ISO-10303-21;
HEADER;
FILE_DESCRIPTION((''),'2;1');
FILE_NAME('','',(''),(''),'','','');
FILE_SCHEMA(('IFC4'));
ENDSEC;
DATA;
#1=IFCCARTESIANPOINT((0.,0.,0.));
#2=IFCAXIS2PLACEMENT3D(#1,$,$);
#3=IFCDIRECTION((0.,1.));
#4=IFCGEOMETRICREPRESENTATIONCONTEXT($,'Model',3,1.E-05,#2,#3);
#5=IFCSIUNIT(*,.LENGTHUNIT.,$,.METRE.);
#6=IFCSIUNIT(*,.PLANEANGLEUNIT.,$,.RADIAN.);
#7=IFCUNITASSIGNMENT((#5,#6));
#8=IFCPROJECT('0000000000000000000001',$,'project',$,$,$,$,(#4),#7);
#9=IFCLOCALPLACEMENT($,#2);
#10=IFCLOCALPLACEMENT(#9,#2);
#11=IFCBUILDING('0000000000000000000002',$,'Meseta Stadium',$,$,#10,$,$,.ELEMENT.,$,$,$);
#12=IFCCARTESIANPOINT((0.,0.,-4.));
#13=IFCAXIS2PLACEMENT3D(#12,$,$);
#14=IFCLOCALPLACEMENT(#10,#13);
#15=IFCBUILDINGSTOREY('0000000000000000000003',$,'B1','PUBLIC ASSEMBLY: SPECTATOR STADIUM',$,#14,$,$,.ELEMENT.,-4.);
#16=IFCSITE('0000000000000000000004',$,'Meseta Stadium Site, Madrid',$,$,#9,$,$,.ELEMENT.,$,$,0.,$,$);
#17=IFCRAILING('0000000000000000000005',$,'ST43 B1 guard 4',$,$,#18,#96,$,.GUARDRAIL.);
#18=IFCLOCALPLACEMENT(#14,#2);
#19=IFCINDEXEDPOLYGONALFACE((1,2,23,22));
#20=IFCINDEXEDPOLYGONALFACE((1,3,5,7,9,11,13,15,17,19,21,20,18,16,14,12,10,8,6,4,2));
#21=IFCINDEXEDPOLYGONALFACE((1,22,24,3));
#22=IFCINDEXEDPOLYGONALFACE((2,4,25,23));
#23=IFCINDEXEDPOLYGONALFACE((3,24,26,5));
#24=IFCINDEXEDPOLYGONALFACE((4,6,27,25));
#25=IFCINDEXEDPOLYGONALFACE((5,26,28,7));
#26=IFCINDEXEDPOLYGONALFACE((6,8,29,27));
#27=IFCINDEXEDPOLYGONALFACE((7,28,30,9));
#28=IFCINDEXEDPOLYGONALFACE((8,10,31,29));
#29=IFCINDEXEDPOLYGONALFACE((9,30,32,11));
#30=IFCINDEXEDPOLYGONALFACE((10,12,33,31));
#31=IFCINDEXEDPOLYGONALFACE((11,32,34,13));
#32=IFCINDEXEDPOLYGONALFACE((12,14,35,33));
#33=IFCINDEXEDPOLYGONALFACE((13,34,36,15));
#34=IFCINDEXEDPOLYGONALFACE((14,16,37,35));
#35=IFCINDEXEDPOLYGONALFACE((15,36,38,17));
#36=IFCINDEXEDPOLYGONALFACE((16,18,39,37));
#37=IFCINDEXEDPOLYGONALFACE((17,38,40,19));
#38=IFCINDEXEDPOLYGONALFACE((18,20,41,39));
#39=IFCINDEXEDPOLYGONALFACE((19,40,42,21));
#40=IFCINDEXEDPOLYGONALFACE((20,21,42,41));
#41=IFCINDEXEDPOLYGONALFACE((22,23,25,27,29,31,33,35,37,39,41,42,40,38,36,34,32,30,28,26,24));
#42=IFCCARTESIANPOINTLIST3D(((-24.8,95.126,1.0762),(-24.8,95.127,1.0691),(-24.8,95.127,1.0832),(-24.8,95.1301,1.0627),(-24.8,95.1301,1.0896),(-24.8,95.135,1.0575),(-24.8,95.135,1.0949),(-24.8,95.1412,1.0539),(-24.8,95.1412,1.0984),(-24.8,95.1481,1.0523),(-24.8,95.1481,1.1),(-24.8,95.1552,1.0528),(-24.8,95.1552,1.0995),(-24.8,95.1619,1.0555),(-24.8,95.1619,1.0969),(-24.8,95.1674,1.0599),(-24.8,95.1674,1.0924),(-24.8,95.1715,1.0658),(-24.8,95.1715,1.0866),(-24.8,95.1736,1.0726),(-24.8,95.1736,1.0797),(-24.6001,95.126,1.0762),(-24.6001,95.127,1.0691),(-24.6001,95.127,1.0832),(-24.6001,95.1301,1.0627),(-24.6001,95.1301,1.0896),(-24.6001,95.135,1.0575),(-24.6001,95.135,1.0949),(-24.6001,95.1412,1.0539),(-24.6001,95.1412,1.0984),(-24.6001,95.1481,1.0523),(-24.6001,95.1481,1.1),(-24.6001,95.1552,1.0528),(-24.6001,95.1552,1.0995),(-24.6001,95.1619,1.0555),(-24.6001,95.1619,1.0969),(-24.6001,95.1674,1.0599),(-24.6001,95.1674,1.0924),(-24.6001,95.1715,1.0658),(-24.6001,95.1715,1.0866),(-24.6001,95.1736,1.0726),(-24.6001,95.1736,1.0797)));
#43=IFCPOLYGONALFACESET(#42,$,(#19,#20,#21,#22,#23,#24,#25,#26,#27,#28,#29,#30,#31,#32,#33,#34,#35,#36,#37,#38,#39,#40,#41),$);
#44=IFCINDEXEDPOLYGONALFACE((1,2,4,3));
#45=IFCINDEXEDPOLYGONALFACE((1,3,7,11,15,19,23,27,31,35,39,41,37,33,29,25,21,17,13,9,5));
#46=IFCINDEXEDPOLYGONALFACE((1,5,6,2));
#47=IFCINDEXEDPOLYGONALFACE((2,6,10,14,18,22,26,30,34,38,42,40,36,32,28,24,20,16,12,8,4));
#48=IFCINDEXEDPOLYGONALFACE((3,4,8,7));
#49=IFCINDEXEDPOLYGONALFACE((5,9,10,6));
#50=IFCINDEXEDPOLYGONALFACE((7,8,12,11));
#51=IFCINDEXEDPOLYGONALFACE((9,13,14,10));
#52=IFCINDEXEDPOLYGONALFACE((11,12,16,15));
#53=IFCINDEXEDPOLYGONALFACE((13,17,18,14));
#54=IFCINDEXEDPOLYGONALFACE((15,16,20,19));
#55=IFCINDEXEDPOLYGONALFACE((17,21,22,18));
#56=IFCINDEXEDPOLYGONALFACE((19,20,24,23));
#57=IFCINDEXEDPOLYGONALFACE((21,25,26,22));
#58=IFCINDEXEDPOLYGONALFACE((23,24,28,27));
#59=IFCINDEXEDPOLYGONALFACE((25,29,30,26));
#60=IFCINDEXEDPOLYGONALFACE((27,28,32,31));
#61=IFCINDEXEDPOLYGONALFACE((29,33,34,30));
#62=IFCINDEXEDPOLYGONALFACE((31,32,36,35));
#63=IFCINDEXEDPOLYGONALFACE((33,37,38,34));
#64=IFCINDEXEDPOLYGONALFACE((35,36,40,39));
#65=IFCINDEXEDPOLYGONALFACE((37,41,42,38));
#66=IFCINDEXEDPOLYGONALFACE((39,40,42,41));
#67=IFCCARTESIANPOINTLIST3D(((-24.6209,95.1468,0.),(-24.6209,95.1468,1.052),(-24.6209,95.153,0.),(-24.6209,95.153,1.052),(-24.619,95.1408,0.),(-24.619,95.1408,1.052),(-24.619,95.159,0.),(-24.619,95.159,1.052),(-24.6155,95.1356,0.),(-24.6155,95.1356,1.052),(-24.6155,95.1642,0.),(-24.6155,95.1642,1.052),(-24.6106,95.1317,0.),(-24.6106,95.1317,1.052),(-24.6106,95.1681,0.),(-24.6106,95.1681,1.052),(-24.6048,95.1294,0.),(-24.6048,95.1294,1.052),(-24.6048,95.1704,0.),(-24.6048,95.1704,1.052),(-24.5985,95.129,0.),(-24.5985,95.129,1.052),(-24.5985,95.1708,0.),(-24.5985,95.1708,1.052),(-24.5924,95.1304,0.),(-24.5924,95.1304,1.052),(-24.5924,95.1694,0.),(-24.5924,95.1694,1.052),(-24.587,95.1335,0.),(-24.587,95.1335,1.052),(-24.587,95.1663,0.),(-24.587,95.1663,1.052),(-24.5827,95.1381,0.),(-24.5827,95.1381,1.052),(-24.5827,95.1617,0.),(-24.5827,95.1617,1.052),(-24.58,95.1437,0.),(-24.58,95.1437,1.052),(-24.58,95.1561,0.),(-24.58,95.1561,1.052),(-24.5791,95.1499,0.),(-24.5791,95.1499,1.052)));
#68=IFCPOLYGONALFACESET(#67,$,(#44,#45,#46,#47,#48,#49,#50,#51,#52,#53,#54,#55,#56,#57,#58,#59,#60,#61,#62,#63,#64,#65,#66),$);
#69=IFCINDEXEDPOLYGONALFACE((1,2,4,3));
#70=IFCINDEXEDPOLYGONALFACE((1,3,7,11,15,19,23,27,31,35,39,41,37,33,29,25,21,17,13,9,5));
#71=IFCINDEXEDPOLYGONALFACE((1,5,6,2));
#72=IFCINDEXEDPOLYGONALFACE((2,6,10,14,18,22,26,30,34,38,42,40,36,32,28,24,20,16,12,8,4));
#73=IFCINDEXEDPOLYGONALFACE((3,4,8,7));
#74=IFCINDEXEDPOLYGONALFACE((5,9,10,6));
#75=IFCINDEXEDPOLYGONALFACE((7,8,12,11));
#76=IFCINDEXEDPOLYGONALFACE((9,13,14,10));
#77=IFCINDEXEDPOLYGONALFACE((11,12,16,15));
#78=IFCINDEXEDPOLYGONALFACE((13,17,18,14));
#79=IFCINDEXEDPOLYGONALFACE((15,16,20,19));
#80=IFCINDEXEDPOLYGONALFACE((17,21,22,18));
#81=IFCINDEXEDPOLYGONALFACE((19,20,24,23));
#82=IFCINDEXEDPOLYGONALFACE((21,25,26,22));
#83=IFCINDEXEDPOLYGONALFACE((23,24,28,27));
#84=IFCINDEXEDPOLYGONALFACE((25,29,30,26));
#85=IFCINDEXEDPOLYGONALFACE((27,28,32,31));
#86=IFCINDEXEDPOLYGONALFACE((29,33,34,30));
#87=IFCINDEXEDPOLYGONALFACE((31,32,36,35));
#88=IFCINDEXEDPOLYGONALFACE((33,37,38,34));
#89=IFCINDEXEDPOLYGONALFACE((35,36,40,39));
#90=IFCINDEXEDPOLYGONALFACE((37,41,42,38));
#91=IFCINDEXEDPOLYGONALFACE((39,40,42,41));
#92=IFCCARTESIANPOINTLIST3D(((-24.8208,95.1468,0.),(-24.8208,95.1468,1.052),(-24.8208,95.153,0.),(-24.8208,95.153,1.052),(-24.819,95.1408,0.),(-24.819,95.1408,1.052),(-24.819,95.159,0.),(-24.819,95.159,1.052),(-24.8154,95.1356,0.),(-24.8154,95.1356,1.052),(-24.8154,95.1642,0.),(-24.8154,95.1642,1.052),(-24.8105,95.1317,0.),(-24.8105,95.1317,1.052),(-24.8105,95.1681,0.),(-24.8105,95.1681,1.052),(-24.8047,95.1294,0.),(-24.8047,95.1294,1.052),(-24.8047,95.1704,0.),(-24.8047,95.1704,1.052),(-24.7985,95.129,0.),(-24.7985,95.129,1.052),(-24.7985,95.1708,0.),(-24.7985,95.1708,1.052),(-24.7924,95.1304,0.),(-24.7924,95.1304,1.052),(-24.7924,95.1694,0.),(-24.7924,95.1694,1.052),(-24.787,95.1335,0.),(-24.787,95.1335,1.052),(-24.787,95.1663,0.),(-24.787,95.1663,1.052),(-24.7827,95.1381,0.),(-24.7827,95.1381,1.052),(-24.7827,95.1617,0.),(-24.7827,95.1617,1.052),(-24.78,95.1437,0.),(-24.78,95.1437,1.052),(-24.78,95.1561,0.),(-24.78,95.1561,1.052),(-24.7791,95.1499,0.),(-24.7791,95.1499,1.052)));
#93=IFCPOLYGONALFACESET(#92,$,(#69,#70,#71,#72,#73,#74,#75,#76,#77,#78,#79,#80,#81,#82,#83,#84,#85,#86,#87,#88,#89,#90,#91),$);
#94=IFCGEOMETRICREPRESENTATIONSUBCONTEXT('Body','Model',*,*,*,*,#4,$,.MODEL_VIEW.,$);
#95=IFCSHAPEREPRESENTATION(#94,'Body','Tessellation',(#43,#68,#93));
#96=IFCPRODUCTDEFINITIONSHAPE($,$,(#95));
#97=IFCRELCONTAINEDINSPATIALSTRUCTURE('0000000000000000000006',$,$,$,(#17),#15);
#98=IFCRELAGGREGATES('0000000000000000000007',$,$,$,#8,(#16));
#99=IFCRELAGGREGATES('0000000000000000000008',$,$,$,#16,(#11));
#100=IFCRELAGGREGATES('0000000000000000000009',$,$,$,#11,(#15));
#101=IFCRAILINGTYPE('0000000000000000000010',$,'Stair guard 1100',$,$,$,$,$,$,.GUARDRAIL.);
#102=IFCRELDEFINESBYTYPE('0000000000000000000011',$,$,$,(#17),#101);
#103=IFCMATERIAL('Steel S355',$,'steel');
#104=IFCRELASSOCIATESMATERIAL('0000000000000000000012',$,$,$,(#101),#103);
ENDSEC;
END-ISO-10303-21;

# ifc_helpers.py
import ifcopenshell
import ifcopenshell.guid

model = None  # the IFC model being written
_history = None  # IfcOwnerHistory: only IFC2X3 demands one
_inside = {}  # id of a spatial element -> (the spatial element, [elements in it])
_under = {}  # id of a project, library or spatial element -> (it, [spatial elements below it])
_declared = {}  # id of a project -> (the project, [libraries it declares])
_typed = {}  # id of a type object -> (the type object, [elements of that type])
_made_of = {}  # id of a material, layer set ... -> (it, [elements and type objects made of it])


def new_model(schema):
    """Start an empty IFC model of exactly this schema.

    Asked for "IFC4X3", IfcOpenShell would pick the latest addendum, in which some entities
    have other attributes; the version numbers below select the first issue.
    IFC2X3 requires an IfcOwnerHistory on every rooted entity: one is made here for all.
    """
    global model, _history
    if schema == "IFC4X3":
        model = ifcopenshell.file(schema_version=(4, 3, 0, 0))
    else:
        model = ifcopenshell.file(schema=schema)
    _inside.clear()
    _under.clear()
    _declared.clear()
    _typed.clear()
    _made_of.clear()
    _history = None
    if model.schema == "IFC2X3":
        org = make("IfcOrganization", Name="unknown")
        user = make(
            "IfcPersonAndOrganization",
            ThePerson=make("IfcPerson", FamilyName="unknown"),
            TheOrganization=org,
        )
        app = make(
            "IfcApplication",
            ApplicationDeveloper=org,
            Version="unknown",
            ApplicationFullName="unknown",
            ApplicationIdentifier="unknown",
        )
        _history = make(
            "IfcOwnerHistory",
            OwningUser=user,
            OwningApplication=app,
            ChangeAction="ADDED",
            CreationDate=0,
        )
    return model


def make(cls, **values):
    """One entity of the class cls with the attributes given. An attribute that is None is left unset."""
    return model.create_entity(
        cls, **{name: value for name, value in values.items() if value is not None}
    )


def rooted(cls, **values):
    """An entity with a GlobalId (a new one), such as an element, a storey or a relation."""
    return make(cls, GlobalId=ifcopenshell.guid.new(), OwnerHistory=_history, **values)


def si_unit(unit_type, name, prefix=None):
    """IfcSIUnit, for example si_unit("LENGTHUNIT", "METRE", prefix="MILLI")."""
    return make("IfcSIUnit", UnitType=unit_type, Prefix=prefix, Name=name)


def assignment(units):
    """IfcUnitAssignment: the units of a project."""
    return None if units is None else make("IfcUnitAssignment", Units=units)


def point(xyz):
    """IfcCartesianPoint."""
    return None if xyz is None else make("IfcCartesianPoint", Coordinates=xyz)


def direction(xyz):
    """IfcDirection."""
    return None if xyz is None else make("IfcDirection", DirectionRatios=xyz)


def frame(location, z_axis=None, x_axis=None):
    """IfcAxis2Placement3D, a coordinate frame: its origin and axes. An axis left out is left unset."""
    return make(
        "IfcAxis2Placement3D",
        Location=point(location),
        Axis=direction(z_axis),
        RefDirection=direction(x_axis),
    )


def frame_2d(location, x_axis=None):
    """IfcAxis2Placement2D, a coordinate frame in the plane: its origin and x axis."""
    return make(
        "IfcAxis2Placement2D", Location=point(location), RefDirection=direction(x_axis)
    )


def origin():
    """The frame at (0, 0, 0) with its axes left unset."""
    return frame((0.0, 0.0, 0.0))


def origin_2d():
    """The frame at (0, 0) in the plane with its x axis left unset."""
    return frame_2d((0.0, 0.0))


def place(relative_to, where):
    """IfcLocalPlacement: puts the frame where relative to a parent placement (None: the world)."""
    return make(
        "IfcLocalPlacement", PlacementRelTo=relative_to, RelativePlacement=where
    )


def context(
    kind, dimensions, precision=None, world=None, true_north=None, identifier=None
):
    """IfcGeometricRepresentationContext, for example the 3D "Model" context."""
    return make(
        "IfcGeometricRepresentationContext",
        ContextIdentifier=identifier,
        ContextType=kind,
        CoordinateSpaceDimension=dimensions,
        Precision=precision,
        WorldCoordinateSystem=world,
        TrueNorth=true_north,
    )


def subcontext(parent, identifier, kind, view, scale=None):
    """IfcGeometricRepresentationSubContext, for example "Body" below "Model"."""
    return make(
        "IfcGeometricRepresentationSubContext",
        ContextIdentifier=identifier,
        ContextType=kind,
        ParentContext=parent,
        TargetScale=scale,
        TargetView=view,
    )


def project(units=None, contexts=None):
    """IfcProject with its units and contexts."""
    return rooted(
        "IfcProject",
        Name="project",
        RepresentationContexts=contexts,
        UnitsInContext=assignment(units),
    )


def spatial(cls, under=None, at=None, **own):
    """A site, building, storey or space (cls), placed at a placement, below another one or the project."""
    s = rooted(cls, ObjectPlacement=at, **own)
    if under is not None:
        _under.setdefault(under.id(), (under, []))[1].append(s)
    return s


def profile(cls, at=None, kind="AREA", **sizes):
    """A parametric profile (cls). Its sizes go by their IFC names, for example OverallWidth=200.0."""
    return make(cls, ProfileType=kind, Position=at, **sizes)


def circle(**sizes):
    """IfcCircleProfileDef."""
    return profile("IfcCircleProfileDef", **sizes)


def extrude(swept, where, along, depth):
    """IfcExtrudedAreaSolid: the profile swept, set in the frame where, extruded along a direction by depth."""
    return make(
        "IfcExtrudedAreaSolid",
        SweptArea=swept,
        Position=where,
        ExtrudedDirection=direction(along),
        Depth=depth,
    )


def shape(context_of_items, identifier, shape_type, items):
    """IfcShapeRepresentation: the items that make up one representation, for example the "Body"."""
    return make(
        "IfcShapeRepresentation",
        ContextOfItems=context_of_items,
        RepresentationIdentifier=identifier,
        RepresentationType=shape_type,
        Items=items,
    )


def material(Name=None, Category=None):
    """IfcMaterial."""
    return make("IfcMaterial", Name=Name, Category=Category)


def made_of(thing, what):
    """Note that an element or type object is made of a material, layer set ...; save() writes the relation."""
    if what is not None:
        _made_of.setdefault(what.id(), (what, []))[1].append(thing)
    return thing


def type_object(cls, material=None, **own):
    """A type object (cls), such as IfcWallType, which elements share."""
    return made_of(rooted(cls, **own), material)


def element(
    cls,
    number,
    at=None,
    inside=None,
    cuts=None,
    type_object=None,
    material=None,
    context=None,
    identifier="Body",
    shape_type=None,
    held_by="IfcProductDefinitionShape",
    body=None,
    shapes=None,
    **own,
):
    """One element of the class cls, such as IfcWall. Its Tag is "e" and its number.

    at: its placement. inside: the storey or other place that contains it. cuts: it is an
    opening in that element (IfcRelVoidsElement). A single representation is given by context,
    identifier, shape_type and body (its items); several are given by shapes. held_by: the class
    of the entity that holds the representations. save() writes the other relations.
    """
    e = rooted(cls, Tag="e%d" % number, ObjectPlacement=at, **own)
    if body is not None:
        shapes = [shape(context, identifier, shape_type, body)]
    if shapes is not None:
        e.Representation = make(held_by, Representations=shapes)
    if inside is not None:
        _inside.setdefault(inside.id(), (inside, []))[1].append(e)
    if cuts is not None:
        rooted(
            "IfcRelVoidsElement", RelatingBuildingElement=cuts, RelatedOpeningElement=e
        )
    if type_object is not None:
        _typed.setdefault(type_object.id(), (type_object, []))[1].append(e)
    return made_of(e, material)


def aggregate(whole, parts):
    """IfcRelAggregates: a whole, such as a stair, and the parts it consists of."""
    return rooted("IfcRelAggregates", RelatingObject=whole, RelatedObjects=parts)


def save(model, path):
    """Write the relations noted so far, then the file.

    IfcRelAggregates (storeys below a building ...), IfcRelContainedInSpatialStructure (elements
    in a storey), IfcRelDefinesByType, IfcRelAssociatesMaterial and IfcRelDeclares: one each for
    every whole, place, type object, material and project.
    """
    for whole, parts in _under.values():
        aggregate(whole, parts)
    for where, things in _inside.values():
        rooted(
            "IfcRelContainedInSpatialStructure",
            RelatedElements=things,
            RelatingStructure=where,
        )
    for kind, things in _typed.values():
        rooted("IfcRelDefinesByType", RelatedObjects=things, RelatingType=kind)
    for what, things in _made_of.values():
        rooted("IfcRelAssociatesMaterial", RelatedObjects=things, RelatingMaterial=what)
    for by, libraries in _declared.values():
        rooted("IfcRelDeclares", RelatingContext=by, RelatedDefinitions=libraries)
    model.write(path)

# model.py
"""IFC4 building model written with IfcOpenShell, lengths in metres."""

from ifc_helpers import new_model, si_unit, direction, frame, origin, origin_2d, place, context, subcontext, project, spatial, circle, extrude, material, type_object, element, save


model = new_model("IFC4")

# Units and contexts
model_context = context("Model", 3, precision=1e-05, world=origin(), true_north=direction((0.0, 1.0)))
body_context = subcontext(model_context, "Body", "Model", "MODEL_VIEW")
ifc_project = project(units=[si_unit("LENGTHUNIT", "METRE"), si_unit("PLANEANGLEUNIT", "RADIAN")], contexts=[model_context])

# Site, building, storey
site_placement = place(None, origin())
site = spatial("IfcSite", under=ifc_project, at=site_placement, Name="Meseta Stadium Site, Madrid", CompositionType="ELEMENT", RefElevation=0.0)
building_placement = place(site_placement, origin())
building = spatial("IfcBuilding", under=site, at=building_placement, Name="Meseta Stadium", CompositionType="ELEMENT")
storey_placement = place(building_placement, frame((0.0, 0.0, -4.0)))
storey = spatial("IfcBuildingStorey", under=building, at=storey_placement, Name="B1", Description="PUBLIC ASSEMBLY: SPECTATOR STADIUM", CompositionType="ELEMENT", Elevation=-4.0)

# Railing
ifc_material_1 = material(Name="Steel S355", Category="steel")
railing_type_1 = type_object("IfcRailingType", Name="Stair guard 1100", PredefinedType="GUARDRAIL", material=ifc_material_1)
railing_1_placement = place(storey_placement, frame((-24.6001, 95.1499, 0.0)))
element("IfcRailing", 1, at=railing_1_placement, inside=storey, type_object=railing_type_1, Name="ST43 B1 guard 4", PredefinedType="GUARDRAIL", context=body_context, shape_type="SweptSolid", body=[
    extrude(circle(Radius=0.0239, at=origin_2d()), frame((0.0, 0.0, 1.0762), z_axis=(-1.0, 0.0, 0.0), x_axis=(0.0, -1.0, 0.0)), (0.0, 0.0, 1.0), 0.2),
    extrude(circle(Radius=0.021, at=origin_2d()), origin(), (0.0, 0.0, 1.0), 1.052),
    extrude(circle(Radius=0.021, at=origin_2d()), frame((-0.2, 0.0, 0.0)), (0.0, 0.0, 1.0), 1.052),
])

save(model, "model.ifc")
